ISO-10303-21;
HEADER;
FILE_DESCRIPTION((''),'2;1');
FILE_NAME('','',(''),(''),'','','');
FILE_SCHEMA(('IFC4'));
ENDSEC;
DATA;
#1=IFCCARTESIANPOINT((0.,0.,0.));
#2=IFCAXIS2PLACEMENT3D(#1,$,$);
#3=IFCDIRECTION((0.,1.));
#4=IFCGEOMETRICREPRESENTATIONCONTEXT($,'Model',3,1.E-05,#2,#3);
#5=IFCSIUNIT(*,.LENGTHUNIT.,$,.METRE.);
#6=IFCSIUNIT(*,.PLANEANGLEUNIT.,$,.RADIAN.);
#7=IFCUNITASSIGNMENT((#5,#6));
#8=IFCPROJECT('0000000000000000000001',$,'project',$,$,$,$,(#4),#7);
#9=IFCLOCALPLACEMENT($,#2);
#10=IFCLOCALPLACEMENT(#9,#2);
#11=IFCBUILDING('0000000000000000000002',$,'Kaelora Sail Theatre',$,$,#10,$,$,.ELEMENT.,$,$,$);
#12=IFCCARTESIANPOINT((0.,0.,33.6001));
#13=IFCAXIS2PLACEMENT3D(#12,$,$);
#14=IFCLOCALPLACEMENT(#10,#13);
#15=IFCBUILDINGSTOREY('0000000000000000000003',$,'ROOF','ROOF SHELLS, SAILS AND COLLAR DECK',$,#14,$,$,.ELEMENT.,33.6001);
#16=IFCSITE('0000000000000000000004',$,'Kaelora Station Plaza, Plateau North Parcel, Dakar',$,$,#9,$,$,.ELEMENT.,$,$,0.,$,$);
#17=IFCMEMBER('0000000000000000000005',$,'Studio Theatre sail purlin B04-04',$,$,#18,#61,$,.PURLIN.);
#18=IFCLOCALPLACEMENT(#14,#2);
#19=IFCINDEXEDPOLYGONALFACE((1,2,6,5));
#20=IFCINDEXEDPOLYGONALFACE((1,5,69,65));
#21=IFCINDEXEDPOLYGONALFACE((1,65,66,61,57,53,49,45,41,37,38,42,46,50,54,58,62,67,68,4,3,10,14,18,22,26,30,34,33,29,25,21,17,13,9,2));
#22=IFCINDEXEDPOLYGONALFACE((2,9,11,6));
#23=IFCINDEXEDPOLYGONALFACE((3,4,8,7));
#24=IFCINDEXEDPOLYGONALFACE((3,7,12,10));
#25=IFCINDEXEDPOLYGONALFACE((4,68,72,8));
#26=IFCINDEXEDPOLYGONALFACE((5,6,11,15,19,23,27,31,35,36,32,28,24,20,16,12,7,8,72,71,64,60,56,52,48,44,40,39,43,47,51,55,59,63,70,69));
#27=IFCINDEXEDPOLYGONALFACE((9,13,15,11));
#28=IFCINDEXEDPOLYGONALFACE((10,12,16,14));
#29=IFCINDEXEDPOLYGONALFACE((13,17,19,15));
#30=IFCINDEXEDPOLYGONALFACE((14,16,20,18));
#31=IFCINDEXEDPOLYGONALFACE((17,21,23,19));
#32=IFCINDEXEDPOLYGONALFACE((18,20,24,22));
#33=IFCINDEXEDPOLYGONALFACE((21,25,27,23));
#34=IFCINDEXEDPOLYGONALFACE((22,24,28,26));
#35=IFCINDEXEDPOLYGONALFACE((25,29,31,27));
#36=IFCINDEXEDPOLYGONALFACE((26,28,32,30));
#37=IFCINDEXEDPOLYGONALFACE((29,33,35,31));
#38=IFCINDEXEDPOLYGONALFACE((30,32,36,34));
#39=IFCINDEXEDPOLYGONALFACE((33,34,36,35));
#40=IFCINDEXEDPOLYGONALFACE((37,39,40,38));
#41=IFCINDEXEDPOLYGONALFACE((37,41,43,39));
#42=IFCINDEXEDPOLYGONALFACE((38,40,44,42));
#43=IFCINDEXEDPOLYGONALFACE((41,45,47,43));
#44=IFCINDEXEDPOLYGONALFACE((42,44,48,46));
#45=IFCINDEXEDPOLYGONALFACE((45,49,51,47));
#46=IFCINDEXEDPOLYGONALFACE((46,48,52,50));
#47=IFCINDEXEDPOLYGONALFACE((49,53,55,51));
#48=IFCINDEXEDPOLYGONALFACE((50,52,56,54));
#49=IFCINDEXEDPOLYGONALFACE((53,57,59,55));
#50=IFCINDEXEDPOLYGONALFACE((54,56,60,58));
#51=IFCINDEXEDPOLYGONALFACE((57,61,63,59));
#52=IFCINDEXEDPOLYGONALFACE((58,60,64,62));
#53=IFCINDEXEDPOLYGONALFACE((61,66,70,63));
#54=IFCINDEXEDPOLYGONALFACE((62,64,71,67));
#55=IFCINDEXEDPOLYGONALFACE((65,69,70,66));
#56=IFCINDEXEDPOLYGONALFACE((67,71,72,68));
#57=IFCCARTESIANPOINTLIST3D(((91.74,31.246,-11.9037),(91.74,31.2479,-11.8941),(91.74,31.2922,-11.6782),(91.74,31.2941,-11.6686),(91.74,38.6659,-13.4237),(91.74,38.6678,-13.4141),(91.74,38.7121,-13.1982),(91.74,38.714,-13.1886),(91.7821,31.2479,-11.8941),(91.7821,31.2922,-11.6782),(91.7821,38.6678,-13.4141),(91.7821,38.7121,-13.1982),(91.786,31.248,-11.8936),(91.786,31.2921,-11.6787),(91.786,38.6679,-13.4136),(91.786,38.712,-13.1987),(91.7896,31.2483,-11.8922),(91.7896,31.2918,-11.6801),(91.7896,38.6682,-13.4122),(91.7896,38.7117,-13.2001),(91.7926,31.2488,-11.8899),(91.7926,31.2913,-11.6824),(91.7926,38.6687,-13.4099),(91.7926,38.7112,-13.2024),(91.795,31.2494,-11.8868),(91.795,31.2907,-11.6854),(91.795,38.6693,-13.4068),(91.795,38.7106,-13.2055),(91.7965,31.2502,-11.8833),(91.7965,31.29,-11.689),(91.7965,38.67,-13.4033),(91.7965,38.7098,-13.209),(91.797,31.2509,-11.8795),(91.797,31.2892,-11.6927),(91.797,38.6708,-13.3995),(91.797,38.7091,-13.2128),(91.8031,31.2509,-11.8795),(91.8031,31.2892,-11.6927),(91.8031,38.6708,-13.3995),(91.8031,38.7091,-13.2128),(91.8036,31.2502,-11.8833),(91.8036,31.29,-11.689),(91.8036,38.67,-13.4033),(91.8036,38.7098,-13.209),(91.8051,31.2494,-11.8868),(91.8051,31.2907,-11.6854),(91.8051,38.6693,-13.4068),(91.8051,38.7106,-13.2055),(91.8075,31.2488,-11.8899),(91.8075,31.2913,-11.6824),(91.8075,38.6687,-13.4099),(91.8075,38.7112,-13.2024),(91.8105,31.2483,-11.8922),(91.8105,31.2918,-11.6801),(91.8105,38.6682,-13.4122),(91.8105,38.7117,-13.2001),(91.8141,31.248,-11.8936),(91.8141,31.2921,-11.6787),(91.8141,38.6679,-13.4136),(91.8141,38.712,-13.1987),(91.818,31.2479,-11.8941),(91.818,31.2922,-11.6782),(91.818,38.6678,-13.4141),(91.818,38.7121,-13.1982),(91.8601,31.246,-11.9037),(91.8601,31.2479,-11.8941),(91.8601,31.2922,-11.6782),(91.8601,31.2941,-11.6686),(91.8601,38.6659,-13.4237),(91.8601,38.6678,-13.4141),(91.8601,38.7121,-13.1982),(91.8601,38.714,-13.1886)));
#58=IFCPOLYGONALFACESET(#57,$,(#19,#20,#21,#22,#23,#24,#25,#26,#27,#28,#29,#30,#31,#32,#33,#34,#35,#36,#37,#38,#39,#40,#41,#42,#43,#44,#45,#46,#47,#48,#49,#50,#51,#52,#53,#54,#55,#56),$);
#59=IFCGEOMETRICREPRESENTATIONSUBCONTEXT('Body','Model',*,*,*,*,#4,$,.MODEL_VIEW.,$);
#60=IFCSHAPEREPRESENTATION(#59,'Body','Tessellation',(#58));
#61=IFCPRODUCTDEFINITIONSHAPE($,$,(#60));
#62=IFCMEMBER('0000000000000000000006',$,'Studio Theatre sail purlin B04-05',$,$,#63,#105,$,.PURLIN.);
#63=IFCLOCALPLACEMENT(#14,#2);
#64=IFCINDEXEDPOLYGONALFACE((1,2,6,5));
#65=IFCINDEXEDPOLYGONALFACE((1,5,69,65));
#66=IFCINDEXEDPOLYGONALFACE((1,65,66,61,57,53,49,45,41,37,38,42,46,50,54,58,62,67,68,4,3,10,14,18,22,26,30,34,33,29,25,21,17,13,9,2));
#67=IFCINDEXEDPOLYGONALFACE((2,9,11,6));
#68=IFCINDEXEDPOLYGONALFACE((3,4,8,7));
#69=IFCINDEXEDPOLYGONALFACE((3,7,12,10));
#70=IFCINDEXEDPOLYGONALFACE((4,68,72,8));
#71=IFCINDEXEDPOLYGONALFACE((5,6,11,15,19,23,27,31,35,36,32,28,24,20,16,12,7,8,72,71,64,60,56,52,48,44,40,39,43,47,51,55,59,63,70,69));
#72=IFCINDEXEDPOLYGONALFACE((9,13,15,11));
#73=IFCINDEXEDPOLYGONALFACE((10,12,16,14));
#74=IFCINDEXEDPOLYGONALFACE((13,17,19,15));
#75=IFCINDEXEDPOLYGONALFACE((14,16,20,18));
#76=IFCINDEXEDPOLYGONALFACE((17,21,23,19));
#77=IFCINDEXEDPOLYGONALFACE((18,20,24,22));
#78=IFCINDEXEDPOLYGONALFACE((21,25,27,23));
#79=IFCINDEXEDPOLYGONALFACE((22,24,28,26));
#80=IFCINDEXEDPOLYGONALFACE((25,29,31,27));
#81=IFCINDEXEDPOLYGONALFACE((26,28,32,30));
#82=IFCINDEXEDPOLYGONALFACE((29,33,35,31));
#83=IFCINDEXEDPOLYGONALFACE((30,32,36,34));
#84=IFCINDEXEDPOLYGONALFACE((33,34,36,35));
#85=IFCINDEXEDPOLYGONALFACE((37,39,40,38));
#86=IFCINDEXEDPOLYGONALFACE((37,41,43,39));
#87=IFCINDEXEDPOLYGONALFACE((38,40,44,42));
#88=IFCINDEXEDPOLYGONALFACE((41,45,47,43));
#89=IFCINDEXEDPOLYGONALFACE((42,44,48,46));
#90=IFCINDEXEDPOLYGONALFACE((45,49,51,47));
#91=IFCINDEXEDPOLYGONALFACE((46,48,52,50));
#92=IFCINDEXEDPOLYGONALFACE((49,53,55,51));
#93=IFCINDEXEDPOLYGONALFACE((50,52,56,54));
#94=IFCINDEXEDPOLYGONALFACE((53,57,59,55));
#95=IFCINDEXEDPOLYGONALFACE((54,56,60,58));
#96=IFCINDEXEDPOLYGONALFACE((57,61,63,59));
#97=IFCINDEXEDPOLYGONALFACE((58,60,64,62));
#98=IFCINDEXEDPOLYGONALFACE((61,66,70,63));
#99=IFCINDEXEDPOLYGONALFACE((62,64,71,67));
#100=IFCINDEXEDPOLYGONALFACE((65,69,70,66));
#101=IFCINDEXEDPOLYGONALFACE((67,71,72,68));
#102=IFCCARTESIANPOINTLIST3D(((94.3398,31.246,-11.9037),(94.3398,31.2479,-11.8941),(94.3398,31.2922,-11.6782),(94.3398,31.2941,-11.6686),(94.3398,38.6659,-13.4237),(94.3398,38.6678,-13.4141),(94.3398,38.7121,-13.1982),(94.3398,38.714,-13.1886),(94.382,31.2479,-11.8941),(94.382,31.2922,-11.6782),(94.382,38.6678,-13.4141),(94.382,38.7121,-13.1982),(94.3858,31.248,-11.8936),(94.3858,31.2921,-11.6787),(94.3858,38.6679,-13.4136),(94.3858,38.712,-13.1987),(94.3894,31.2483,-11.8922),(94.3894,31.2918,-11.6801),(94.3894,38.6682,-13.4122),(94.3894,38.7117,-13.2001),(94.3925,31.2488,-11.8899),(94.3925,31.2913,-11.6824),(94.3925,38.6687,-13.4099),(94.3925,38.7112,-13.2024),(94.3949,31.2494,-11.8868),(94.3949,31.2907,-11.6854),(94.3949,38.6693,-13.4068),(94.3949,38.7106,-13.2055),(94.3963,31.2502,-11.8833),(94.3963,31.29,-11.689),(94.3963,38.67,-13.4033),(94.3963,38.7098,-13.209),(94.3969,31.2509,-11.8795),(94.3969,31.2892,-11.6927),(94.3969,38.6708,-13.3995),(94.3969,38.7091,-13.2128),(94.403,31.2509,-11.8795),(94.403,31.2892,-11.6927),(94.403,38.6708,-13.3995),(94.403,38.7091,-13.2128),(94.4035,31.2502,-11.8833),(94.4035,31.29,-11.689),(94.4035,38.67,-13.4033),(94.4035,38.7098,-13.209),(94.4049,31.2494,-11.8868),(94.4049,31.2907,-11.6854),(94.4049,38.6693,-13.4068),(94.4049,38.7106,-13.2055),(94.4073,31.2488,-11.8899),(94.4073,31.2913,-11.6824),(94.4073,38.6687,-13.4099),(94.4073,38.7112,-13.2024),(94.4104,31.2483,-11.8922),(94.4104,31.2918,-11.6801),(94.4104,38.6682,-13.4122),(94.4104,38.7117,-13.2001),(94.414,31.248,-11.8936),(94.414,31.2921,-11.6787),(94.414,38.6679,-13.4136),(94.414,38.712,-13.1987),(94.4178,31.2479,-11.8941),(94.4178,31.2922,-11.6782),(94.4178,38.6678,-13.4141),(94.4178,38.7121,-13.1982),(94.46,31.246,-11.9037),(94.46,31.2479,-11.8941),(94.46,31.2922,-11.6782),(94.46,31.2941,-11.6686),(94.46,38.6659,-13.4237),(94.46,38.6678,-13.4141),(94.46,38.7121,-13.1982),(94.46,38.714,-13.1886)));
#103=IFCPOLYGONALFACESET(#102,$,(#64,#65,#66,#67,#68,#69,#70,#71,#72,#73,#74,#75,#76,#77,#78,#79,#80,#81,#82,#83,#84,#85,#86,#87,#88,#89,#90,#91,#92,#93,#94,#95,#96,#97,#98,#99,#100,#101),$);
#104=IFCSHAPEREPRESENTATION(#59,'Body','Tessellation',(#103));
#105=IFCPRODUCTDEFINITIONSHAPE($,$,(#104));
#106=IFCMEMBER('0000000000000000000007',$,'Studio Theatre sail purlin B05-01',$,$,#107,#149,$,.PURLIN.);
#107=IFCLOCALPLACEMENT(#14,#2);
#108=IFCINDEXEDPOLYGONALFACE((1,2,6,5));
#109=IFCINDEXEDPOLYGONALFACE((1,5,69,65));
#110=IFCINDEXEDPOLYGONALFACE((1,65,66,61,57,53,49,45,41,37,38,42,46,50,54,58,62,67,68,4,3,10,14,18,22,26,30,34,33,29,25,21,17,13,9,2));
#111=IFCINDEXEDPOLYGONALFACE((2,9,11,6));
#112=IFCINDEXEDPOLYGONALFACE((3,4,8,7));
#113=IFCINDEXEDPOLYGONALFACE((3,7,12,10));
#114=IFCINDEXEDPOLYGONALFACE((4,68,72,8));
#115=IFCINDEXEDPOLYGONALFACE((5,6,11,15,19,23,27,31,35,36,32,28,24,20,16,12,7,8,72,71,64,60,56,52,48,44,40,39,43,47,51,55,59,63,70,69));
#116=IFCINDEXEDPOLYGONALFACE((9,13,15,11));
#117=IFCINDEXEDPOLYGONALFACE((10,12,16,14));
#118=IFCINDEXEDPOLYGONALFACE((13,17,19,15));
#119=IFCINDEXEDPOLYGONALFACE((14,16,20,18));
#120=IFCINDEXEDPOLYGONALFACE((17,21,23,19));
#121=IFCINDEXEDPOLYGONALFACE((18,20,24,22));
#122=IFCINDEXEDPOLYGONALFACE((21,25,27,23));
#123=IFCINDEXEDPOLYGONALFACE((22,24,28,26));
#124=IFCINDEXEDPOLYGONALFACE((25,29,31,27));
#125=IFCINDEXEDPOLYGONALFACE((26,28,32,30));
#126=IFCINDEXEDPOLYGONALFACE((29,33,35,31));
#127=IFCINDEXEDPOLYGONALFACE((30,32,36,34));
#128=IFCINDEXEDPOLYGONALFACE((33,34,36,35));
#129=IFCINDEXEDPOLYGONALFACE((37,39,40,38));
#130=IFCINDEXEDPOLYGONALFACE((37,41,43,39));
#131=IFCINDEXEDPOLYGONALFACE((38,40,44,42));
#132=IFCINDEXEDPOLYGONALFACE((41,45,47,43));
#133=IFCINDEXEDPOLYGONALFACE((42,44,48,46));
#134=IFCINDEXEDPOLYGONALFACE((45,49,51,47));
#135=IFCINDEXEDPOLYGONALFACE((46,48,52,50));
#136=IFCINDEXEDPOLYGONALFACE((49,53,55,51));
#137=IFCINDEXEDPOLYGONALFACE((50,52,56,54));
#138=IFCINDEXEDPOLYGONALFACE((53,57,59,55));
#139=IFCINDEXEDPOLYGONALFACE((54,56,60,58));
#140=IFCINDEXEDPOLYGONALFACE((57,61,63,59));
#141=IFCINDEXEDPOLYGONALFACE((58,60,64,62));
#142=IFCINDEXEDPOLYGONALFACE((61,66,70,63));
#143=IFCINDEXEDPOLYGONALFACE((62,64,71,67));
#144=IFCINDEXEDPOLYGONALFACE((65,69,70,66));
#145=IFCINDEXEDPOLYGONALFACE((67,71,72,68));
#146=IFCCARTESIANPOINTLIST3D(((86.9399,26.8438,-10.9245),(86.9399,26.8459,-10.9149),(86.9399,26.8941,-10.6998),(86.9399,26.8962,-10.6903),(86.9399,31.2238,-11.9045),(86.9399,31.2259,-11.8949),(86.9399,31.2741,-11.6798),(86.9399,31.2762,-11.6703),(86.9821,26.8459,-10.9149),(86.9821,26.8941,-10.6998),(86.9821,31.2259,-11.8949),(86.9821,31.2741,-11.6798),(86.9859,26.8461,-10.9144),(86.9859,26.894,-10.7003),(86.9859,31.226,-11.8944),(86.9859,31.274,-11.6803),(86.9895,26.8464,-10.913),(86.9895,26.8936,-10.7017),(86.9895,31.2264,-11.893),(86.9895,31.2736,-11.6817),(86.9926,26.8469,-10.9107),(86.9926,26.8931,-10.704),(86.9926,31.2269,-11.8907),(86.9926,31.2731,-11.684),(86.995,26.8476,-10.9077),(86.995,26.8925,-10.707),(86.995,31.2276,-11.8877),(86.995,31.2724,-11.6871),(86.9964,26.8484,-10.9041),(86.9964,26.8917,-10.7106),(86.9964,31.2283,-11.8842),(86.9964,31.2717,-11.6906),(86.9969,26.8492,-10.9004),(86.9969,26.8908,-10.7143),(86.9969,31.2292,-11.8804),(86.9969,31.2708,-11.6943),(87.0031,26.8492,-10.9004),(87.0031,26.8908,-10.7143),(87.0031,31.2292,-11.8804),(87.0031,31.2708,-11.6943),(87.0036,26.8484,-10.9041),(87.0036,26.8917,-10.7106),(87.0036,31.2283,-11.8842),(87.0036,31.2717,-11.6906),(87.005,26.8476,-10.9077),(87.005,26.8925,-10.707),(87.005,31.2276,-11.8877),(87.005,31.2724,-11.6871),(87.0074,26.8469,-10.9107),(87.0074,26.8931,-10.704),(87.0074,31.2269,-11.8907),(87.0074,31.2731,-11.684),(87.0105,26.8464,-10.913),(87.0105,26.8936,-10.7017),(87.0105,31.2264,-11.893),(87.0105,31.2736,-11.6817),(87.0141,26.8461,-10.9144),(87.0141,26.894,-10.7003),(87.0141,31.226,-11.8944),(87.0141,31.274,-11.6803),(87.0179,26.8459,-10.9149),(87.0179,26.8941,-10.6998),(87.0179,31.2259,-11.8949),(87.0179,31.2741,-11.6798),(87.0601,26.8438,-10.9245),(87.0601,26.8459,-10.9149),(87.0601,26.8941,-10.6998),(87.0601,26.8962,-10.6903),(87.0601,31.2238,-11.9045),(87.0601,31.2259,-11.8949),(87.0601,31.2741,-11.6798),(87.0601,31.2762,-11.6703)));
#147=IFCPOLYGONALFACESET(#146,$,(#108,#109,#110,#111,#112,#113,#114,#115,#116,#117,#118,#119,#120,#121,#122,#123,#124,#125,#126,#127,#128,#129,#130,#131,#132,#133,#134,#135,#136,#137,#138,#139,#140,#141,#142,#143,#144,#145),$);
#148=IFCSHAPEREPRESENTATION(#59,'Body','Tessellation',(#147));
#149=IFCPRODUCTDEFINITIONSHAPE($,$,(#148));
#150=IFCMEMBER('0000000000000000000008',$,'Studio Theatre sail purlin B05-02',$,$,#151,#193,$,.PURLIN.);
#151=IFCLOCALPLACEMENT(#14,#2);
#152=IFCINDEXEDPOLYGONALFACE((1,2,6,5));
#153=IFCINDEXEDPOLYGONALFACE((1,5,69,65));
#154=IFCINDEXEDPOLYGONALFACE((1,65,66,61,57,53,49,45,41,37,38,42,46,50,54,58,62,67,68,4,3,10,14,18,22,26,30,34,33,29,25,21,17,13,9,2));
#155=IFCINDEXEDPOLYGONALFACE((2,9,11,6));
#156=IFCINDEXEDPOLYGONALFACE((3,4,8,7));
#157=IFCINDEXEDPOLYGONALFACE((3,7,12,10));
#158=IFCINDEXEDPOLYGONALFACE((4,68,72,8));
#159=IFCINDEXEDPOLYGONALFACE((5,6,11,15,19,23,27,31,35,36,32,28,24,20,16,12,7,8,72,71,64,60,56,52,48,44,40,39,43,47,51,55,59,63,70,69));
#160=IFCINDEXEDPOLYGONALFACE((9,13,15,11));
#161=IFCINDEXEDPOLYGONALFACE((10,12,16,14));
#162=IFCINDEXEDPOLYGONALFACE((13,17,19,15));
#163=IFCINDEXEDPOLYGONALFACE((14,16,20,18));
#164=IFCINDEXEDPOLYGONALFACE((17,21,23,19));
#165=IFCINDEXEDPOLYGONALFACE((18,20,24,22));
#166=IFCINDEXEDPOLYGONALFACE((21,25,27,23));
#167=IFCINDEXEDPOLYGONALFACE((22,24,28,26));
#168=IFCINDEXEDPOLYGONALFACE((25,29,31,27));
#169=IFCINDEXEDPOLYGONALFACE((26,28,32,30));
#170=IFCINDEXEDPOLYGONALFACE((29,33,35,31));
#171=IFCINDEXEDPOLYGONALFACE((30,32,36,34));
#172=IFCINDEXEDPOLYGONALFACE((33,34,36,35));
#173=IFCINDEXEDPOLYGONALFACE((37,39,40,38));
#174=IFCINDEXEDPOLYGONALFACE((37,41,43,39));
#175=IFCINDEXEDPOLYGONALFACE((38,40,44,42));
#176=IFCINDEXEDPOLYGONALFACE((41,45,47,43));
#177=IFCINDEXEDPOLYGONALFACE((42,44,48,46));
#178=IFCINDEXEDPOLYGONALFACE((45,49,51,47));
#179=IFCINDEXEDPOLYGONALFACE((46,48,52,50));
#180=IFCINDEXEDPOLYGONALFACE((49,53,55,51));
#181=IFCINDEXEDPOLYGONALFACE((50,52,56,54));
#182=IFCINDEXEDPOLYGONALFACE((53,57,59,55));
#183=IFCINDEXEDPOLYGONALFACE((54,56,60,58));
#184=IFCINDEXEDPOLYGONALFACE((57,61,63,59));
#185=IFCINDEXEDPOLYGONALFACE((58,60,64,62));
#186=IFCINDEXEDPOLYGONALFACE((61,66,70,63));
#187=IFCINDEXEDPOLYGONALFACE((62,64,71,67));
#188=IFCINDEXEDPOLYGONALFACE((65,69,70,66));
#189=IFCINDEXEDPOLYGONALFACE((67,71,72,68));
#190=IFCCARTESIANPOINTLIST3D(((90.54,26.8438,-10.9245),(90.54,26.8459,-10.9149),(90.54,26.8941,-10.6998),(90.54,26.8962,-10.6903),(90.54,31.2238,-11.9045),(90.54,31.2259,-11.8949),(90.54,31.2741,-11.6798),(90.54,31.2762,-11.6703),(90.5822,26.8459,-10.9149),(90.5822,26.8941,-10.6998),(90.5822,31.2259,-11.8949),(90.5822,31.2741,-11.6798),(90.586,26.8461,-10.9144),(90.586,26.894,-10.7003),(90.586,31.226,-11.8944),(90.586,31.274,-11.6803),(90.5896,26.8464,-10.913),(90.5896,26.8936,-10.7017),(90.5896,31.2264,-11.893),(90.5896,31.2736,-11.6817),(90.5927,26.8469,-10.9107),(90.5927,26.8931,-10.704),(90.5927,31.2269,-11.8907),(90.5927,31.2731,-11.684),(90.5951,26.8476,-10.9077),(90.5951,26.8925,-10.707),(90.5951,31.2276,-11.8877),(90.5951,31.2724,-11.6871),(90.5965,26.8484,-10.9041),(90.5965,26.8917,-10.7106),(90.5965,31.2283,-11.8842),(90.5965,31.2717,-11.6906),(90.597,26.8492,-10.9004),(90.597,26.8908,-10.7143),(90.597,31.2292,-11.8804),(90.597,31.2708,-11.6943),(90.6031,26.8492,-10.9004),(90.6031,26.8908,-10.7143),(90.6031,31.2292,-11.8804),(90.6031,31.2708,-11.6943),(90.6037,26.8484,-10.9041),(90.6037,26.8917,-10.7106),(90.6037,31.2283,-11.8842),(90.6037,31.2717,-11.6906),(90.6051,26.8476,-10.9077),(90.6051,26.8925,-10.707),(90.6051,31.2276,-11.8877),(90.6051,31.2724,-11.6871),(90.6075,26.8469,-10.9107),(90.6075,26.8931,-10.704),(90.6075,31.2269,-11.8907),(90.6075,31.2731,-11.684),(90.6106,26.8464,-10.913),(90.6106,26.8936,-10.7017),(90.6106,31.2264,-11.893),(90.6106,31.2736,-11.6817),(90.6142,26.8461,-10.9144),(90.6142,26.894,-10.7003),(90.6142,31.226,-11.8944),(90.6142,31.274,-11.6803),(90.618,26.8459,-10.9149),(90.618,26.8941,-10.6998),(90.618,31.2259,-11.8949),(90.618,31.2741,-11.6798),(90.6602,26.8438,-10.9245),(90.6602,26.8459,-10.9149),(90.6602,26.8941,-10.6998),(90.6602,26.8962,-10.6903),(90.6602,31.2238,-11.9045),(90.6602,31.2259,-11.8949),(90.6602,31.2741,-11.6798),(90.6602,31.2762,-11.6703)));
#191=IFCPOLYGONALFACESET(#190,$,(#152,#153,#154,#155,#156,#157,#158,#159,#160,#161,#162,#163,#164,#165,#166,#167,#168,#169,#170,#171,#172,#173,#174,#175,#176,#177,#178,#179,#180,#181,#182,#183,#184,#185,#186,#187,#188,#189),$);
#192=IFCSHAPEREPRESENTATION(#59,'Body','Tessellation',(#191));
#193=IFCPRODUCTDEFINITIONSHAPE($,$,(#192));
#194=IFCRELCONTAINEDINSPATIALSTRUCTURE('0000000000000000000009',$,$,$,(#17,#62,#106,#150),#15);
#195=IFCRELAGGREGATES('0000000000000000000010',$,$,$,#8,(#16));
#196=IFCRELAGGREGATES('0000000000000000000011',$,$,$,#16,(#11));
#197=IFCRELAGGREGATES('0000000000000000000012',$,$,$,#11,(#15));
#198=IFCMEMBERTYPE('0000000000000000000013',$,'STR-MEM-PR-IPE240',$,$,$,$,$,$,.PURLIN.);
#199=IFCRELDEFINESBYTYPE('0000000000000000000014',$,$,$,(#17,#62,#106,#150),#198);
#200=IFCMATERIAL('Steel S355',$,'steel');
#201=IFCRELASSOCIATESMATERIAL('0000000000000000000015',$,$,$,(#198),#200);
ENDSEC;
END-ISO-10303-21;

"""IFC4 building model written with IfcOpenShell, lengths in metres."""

from ifc_helpers import new_model, si_unit, direction, frame, origin, origin_2d, place, context, subcontext, project, spatial, i_section, extrude, material, material_profile, profile_set, type_object, element, save


model = new_model("IFC4")

# Units and contexts
model_context = context("Model", 3, precision=1e-05, world=origin(), true_north=direction((0.0, 1.0)))
body_context = subcontext(model_context, "Body", "Model", "MODEL_VIEW")
ifc_project = project(units=[si_unit("LENGTHUNIT", "METRE"), si_unit("PLANEANGLEUNIT", "RADIAN")], contexts=[model_context])

# Site, building, storey
site_placement = place(None, origin())
site = spatial("IfcSite", under=ifc_project, at=site_placement, Name="Kaelora Station Plaza, Plateau North Parcel, Dakar", CompositionType="ELEMENT", RefElevation=0.0)
building_placement = place(site_placement, origin())
building = spatial("IfcBuilding", under=site, at=building_placement, Name="Kaelora Sail Theatre", CompositionType="ELEMENT")
storey_placement = place(building_placement, frame((0.0, 0.0, 33.6001)))
storey = spatial("IfcBuildingStorey", under=building, at=storey_placement, Name="ROOF", Description="ROOF SHELLS, SAILS AND COLLAR DECK", CompositionType="ELEMENT", Elevation=33.6001)

# Members
ifc_material_1 = material(Name="Steel S355", Category="steel")
ifc_material_profile_1 = material_profile(ifc_material_1, i_section(OverallWidth=0.1201, OverallDepth=0.24, WebThickness=0.0061, FlangeThickness=0.0098, FilletRadius=0.0149, at=origin_2d()), Name="IPE 240")
ifc_profile_set_1 = profile_set([ifc_material_profile_1], Name="Steel S355")
member_type_1 = type_object("IfcMemberType", Name="STR-MEM-PR-IPE240", PredefinedType="PURLIN", material=ifc_profile_set_1)
for number, where, z_axis, x_axis, name in (
    (1, (91.8, 38.6899, -13.3062), (0.0, -0.979655, 0.200689), (1.0, 0.0, 0.0), "Studio Theatre sail purlin B04-04"),
    (2, (94.3999, 38.6899, -13.3062), (0.0, -0.979655, 0.200689), (1.0, 0.0, 0.0), "Studio Theatre sail purlin B04-05"),
):
    element("IfcMember", number, at=place(storey_placement, frame(where, z_axis=z_axis, x_axis=x_axis)), inside=storey, type_object=member_type_1, Name=name, PredefinedType="PURLIN", context=body_context, shape_type="SweptSolid", body=[
        extrude(i_section(OverallWidth=0.1201, OverallDepth=0.24, WebThickness=0.0061, FlangeThickness=0.0098, FilletRadius=0.0149, at=origin_2d()), origin(), (0.0, 0.0, 1.0), 7.574),
    ])
for number, where, z_axis, x_axis, name in (
    (3, (87.0, 31.25, -11.7874), (0.0, -0.975871, 0.218347), (1.0, 0.0, 0.0), "Studio Theatre sail purlin B05-01"),
    (4, (90.6001, 31.25, -11.7874), (0.0, -0.975871, 0.218347), (1.0, 0.0, 0.0), "Studio Theatre sail purlin B05-02"),
):
    element("IfcMember", number, at=place(storey_placement, frame(where, z_axis=z_axis, x_axis=x_axis)), inside=storey, type_object=member_type_1, Name=name, PredefinedType="PURLIN", context=body_context, shape_type="SweptSolid", body=[
        extrude(i_section(OverallWidth=0.1201, OverallDepth=0.24, WebThickness=0.0061, FlangeThickness=0.0098, FilletRadius=0.0149, at=origin_2d()), origin(), (0.0, 0.0, 1.0), 4.4883),
    ])

save(model, "model.ifc")
